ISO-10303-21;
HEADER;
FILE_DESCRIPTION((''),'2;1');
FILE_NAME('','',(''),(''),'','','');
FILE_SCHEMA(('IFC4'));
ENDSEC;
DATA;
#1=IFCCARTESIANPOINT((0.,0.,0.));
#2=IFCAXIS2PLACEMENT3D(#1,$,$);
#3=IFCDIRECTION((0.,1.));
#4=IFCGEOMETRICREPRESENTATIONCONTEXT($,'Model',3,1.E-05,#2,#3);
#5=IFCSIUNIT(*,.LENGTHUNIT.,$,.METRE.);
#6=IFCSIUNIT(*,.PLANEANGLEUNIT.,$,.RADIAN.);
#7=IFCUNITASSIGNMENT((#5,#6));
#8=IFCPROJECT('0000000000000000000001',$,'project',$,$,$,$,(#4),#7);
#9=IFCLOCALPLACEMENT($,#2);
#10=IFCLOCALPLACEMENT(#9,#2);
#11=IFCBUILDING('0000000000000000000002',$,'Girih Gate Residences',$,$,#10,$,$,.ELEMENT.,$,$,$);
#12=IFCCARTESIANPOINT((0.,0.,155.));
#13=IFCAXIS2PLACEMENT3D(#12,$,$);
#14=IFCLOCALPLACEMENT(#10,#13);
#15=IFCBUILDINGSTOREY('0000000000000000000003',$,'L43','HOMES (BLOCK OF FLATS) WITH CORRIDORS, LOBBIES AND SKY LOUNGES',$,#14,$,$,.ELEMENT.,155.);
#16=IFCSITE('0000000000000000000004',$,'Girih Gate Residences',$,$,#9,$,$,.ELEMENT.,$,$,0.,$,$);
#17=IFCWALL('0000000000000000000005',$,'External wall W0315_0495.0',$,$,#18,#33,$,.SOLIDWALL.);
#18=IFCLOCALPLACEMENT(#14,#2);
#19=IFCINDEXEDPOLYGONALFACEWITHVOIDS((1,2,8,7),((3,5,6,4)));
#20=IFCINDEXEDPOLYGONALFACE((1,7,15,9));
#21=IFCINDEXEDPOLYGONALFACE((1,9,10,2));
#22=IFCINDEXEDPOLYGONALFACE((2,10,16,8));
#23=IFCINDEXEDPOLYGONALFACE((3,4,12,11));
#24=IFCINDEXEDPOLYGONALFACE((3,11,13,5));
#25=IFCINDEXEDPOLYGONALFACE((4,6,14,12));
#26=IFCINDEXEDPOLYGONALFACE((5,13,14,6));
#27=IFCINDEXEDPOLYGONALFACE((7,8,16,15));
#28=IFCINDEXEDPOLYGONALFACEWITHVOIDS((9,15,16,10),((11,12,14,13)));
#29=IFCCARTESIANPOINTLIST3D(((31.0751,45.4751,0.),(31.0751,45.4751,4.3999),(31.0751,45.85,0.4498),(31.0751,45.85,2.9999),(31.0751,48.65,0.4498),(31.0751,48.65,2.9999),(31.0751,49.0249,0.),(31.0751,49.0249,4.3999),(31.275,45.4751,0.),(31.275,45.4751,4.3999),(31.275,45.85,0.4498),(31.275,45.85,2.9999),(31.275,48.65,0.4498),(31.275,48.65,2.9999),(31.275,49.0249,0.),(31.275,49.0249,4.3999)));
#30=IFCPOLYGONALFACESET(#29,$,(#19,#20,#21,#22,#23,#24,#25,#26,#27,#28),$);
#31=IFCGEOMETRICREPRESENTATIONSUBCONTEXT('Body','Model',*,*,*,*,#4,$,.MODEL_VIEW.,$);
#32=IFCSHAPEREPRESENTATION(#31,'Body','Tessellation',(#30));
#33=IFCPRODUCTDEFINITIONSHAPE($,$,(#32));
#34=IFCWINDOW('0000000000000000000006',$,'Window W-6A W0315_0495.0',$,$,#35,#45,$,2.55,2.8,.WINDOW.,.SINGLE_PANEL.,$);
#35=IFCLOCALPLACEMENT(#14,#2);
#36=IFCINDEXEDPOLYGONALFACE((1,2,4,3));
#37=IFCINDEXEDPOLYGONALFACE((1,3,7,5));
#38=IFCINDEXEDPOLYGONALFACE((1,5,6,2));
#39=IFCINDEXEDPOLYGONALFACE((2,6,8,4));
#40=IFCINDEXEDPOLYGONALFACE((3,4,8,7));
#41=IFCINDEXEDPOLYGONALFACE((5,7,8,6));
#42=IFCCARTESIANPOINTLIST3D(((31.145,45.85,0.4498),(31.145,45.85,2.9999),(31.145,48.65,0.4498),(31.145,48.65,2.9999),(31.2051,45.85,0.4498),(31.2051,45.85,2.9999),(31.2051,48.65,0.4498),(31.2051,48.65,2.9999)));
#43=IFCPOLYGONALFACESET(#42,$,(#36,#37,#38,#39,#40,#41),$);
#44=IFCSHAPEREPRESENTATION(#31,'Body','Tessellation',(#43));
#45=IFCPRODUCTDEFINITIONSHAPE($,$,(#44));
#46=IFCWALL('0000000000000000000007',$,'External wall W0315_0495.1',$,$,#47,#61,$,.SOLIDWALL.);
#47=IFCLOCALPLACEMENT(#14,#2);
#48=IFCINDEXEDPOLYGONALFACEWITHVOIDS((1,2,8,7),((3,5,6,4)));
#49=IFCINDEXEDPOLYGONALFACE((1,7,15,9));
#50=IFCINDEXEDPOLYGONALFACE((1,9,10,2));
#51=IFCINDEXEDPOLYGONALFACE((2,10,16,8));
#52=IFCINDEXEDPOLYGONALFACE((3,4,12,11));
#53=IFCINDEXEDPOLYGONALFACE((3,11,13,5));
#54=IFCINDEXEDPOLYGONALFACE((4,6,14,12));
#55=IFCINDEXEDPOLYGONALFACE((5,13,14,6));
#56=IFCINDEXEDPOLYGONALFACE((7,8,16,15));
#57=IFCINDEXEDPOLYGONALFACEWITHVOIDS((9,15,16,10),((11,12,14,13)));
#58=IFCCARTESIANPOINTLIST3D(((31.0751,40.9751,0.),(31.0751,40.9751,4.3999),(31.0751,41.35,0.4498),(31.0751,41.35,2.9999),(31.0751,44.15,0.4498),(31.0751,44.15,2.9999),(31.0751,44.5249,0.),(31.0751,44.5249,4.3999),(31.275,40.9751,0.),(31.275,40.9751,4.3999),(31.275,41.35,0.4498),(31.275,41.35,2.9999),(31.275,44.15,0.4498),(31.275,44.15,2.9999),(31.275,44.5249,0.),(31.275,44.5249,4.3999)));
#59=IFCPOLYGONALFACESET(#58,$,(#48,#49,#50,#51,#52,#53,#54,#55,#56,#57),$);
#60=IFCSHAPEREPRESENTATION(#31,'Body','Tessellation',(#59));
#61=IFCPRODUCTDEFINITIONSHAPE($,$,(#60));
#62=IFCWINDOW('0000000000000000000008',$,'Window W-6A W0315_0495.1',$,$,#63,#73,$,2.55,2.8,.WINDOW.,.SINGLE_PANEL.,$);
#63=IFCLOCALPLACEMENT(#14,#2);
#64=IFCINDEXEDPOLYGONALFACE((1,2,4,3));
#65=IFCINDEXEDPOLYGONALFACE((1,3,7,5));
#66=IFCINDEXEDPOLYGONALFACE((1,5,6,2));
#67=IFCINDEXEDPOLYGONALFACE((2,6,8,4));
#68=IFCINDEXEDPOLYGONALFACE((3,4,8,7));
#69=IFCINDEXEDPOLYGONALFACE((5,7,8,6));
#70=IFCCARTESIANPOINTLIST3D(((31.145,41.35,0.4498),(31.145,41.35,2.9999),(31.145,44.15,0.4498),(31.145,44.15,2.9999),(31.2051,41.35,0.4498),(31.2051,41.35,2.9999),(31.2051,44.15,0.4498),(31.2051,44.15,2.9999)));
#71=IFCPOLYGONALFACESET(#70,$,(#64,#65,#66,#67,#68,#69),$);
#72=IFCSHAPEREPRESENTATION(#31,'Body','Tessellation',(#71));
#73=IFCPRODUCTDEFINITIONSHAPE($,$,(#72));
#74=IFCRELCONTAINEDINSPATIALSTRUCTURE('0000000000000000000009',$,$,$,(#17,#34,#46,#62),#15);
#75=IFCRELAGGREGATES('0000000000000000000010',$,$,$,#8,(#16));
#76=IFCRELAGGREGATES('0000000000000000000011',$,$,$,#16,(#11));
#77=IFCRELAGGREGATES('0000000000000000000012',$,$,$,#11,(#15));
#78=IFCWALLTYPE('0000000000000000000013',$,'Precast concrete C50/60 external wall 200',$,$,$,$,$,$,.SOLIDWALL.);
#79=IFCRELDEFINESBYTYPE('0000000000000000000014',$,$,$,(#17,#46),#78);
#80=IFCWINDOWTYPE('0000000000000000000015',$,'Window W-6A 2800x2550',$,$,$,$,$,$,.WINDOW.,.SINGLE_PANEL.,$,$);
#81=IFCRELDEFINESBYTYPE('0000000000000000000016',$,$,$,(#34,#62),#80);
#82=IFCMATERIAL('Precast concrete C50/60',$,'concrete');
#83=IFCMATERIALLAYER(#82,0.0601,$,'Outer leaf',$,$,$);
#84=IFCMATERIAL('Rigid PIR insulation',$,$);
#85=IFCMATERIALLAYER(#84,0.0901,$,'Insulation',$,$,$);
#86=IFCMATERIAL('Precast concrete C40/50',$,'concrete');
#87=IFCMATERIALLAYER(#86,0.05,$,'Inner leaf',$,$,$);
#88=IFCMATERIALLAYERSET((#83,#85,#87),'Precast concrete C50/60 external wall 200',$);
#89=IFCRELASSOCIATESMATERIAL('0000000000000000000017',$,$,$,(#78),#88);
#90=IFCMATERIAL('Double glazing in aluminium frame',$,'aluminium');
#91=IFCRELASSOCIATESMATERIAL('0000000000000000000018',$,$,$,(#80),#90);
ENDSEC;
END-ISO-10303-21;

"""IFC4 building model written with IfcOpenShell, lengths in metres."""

from ifc_helpers import new_model, si_unit, direction, frame, frame_2d, origin, place, context, subcontext, project, spatial, rectangle, extrude, material, layer, layer_set, type_object, element, fill, save


model = new_model("IFC4")

# Units and contexts
model_context = context("Model", 3, precision=1e-05, world=origin(), true_north=direction((0.0, 1.0)))
body_context = subcontext(model_context, "Body", "Model", "MODEL_VIEW")
ifc_project = project(units=[si_unit("LENGTHUNIT", "METRE"), si_unit("PLANEANGLEUNIT", "RADIAN")], contexts=[model_context])

# Site, building, storey
site_placement = place(None, origin())
site = spatial("IfcSite", under=ifc_project, at=site_placement, Name="Girih Gate Residences", CompositionType="ELEMENT", RefElevation=0.0)
building_placement = place(site_placement, origin())
building = spatial("IfcBuilding", under=site, at=building_placement, Name="Girih Gate Residences", CompositionType="ELEMENT")
storey_placement = place(building_placement, frame((0.0, 0.0, 155.0)))
storey = spatial("IfcBuildingStorey", under=building, at=storey_placement, Name="L43", Description="HOMES (BLOCK OF FLATS) WITH CORRIDORS, LOBBIES AND SKY LOUNGES", CompositionType="ELEMENT", Elevation=155.0)

# Walls, openings, windows
ifc_material_1 = material(Name="Precast concrete C50/60", Category="concrete")
ifc_layer_1 = layer(ifc_material_1, 0.0601, Name="Outer leaf")
ifc_material_2 = material(Name="Rigid PIR insulation")
ifc_layer_2 = layer(ifc_material_2, 0.0901, Name="Insulation")
ifc_material_3 = material(Name="Precast concrete C40/50", Category="concrete")
ifc_layer_3 = layer(ifc_material_3, 0.05, Name="Inner leaf")
ifc_layer_set_1 = layer_set([ifc_layer_1, ifc_layer_2, ifc_layer_3], Name="Precast concrete C50/60 external wall 200")
wall_type_1 = type_object("IfcWallType", Name="Precast concrete C50/60 external wall 200", PredefinedType="SOLIDWALL", material=ifc_layer_set_1)
ifc_material_4 = material(Name="Double glazing in aluminium frame", Category="aluminium")
window_type = type_object("IfcWindowType", Name="Window W-6A 2800x2550", PartitioningType="SINGLE_PANEL", PredefinedType="WINDOW", material=ifc_material_4)
wall_1_placement = place(storey_placement, frame((31.175, 45.4751, 0.0), z_axis=(0.0, 0.0, 1.0), x_axis=(0.0, 1.0, 0.0)))
wall_1 = element("IfcWall", 1, at=wall_1_placement, inside=storey, type_object=wall_type_1, Name="External wall W0315_0495.0", PredefinedType="SOLIDWALL", context=body_context, shape_type="SweptSolid", body=[
    extrude(rectangle(XDim=3.5498, YDim=0.2, at=frame_2d((1.7749, 0.0))), origin(), (0.0, 0.0, 1.0), 4.3999),
])
opening_1_placement = place(wall_1_placement, frame((0.375, 0.0, 0.45)))
opening_1 = element("IfcOpeningElement", 2, at=opening_1_placement, cuts=wall_1, PredefinedType="OPENING", context=body_context, shape_type="SweptSolid", body=[
    extrude(rectangle(XDim=2.8, YDim=2.55, at=frame_2d((1.3999, 1.2749))), frame((0.0, 0.1099, 0.0), z_axis=(0.0, -1.0, 0.0), x_axis=(1.0, 0.0, 0.0)), (0.0, 0.0, 1.0), 0.22),
])
window_1_placement = place(opening_1_placement, origin())
window_1 = element("IfcWindow", 3, at=window_1_placement, inside=storey, type_object=window_type, Name="Window W-6A W0315_0495.0", OverallHeight=2.55, OverallWidth=2.8, PartitioningType="SINGLE_PANEL", PredefinedType="WINDOW", context=body_context, shape_type="SweptSolid", body=[
    extrude(rectangle(XDim=2.8, YDim=2.55, at=frame_2d((1.3999, 1.2749))), frame((0.0, 0.03, 0.0), z_axis=(0.0, -1.0, 0.0), x_axis=(1.0, 0.0, 0.0)), (0.0, 0.0, 1.0), 0.0601),
])
fill(opening_1, window_1)
wall_2_placement = place(storey_placement, frame((31.175, 40.9751, 0.0), z_axis=(0.0, 0.0, 1.0), x_axis=(0.0, 1.0, 0.0)))
wall_2 = element("IfcWall", 4, at=wall_2_placement, inside=storey, type_object=wall_type_1, Name="External wall W0315_0495.1", PredefinedType="SOLIDWALL", context=body_context, shape_type="SweptSolid", body=[
    extrude(rectangle(XDim=3.5498, YDim=0.2, at=frame_2d((1.7749, 0.0))), origin(), (0.0, 0.0, 1.0), 4.3999),
])
opening_2_placement = place(wall_2_placement, frame((0.375, 0.0, 0.45)))
opening_2 = element("IfcOpeningElement", 5, at=opening_2_placement, cuts=wall_2, PredefinedType="OPENING", context=body_context, shape_type="SweptSolid", body=[
    extrude(rectangle(XDim=2.8, YDim=2.55, at=frame_2d((1.3999, 1.2749))), frame((0.0, 0.1099, 0.0), z_axis=(0.0, -1.0, 0.0), x_axis=(1.0, 0.0, 0.0)), (0.0, 0.0, 1.0), 0.22),
])
window_2_placement = place(opening_2_placement, origin())
window_2 = element("IfcWindow", 6, at=window_2_placement, inside=storey, type_object=window_type, Name="Window W-6A W0315_0495.1", OverallHeight=2.55, OverallWidth=2.8, PartitioningType="SINGLE_PANEL", PredefinedType="WINDOW", context=body_context, shape_type="SweptSolid", body=[
    extrude(rectangle(XDim=2.8, YDim=2.55, at=frame_2d((1.3999, 1.2749))), frame((0.0, 0.03, 0.0), z_axis=(0.0, -1.0, 0.0), x_axis=(1.0, 0.0, 0.0)), (0.0, 0.0, 1.0), 0.0601),
])
fill(opening_2, window_2)

save(model, "model.ifc")
